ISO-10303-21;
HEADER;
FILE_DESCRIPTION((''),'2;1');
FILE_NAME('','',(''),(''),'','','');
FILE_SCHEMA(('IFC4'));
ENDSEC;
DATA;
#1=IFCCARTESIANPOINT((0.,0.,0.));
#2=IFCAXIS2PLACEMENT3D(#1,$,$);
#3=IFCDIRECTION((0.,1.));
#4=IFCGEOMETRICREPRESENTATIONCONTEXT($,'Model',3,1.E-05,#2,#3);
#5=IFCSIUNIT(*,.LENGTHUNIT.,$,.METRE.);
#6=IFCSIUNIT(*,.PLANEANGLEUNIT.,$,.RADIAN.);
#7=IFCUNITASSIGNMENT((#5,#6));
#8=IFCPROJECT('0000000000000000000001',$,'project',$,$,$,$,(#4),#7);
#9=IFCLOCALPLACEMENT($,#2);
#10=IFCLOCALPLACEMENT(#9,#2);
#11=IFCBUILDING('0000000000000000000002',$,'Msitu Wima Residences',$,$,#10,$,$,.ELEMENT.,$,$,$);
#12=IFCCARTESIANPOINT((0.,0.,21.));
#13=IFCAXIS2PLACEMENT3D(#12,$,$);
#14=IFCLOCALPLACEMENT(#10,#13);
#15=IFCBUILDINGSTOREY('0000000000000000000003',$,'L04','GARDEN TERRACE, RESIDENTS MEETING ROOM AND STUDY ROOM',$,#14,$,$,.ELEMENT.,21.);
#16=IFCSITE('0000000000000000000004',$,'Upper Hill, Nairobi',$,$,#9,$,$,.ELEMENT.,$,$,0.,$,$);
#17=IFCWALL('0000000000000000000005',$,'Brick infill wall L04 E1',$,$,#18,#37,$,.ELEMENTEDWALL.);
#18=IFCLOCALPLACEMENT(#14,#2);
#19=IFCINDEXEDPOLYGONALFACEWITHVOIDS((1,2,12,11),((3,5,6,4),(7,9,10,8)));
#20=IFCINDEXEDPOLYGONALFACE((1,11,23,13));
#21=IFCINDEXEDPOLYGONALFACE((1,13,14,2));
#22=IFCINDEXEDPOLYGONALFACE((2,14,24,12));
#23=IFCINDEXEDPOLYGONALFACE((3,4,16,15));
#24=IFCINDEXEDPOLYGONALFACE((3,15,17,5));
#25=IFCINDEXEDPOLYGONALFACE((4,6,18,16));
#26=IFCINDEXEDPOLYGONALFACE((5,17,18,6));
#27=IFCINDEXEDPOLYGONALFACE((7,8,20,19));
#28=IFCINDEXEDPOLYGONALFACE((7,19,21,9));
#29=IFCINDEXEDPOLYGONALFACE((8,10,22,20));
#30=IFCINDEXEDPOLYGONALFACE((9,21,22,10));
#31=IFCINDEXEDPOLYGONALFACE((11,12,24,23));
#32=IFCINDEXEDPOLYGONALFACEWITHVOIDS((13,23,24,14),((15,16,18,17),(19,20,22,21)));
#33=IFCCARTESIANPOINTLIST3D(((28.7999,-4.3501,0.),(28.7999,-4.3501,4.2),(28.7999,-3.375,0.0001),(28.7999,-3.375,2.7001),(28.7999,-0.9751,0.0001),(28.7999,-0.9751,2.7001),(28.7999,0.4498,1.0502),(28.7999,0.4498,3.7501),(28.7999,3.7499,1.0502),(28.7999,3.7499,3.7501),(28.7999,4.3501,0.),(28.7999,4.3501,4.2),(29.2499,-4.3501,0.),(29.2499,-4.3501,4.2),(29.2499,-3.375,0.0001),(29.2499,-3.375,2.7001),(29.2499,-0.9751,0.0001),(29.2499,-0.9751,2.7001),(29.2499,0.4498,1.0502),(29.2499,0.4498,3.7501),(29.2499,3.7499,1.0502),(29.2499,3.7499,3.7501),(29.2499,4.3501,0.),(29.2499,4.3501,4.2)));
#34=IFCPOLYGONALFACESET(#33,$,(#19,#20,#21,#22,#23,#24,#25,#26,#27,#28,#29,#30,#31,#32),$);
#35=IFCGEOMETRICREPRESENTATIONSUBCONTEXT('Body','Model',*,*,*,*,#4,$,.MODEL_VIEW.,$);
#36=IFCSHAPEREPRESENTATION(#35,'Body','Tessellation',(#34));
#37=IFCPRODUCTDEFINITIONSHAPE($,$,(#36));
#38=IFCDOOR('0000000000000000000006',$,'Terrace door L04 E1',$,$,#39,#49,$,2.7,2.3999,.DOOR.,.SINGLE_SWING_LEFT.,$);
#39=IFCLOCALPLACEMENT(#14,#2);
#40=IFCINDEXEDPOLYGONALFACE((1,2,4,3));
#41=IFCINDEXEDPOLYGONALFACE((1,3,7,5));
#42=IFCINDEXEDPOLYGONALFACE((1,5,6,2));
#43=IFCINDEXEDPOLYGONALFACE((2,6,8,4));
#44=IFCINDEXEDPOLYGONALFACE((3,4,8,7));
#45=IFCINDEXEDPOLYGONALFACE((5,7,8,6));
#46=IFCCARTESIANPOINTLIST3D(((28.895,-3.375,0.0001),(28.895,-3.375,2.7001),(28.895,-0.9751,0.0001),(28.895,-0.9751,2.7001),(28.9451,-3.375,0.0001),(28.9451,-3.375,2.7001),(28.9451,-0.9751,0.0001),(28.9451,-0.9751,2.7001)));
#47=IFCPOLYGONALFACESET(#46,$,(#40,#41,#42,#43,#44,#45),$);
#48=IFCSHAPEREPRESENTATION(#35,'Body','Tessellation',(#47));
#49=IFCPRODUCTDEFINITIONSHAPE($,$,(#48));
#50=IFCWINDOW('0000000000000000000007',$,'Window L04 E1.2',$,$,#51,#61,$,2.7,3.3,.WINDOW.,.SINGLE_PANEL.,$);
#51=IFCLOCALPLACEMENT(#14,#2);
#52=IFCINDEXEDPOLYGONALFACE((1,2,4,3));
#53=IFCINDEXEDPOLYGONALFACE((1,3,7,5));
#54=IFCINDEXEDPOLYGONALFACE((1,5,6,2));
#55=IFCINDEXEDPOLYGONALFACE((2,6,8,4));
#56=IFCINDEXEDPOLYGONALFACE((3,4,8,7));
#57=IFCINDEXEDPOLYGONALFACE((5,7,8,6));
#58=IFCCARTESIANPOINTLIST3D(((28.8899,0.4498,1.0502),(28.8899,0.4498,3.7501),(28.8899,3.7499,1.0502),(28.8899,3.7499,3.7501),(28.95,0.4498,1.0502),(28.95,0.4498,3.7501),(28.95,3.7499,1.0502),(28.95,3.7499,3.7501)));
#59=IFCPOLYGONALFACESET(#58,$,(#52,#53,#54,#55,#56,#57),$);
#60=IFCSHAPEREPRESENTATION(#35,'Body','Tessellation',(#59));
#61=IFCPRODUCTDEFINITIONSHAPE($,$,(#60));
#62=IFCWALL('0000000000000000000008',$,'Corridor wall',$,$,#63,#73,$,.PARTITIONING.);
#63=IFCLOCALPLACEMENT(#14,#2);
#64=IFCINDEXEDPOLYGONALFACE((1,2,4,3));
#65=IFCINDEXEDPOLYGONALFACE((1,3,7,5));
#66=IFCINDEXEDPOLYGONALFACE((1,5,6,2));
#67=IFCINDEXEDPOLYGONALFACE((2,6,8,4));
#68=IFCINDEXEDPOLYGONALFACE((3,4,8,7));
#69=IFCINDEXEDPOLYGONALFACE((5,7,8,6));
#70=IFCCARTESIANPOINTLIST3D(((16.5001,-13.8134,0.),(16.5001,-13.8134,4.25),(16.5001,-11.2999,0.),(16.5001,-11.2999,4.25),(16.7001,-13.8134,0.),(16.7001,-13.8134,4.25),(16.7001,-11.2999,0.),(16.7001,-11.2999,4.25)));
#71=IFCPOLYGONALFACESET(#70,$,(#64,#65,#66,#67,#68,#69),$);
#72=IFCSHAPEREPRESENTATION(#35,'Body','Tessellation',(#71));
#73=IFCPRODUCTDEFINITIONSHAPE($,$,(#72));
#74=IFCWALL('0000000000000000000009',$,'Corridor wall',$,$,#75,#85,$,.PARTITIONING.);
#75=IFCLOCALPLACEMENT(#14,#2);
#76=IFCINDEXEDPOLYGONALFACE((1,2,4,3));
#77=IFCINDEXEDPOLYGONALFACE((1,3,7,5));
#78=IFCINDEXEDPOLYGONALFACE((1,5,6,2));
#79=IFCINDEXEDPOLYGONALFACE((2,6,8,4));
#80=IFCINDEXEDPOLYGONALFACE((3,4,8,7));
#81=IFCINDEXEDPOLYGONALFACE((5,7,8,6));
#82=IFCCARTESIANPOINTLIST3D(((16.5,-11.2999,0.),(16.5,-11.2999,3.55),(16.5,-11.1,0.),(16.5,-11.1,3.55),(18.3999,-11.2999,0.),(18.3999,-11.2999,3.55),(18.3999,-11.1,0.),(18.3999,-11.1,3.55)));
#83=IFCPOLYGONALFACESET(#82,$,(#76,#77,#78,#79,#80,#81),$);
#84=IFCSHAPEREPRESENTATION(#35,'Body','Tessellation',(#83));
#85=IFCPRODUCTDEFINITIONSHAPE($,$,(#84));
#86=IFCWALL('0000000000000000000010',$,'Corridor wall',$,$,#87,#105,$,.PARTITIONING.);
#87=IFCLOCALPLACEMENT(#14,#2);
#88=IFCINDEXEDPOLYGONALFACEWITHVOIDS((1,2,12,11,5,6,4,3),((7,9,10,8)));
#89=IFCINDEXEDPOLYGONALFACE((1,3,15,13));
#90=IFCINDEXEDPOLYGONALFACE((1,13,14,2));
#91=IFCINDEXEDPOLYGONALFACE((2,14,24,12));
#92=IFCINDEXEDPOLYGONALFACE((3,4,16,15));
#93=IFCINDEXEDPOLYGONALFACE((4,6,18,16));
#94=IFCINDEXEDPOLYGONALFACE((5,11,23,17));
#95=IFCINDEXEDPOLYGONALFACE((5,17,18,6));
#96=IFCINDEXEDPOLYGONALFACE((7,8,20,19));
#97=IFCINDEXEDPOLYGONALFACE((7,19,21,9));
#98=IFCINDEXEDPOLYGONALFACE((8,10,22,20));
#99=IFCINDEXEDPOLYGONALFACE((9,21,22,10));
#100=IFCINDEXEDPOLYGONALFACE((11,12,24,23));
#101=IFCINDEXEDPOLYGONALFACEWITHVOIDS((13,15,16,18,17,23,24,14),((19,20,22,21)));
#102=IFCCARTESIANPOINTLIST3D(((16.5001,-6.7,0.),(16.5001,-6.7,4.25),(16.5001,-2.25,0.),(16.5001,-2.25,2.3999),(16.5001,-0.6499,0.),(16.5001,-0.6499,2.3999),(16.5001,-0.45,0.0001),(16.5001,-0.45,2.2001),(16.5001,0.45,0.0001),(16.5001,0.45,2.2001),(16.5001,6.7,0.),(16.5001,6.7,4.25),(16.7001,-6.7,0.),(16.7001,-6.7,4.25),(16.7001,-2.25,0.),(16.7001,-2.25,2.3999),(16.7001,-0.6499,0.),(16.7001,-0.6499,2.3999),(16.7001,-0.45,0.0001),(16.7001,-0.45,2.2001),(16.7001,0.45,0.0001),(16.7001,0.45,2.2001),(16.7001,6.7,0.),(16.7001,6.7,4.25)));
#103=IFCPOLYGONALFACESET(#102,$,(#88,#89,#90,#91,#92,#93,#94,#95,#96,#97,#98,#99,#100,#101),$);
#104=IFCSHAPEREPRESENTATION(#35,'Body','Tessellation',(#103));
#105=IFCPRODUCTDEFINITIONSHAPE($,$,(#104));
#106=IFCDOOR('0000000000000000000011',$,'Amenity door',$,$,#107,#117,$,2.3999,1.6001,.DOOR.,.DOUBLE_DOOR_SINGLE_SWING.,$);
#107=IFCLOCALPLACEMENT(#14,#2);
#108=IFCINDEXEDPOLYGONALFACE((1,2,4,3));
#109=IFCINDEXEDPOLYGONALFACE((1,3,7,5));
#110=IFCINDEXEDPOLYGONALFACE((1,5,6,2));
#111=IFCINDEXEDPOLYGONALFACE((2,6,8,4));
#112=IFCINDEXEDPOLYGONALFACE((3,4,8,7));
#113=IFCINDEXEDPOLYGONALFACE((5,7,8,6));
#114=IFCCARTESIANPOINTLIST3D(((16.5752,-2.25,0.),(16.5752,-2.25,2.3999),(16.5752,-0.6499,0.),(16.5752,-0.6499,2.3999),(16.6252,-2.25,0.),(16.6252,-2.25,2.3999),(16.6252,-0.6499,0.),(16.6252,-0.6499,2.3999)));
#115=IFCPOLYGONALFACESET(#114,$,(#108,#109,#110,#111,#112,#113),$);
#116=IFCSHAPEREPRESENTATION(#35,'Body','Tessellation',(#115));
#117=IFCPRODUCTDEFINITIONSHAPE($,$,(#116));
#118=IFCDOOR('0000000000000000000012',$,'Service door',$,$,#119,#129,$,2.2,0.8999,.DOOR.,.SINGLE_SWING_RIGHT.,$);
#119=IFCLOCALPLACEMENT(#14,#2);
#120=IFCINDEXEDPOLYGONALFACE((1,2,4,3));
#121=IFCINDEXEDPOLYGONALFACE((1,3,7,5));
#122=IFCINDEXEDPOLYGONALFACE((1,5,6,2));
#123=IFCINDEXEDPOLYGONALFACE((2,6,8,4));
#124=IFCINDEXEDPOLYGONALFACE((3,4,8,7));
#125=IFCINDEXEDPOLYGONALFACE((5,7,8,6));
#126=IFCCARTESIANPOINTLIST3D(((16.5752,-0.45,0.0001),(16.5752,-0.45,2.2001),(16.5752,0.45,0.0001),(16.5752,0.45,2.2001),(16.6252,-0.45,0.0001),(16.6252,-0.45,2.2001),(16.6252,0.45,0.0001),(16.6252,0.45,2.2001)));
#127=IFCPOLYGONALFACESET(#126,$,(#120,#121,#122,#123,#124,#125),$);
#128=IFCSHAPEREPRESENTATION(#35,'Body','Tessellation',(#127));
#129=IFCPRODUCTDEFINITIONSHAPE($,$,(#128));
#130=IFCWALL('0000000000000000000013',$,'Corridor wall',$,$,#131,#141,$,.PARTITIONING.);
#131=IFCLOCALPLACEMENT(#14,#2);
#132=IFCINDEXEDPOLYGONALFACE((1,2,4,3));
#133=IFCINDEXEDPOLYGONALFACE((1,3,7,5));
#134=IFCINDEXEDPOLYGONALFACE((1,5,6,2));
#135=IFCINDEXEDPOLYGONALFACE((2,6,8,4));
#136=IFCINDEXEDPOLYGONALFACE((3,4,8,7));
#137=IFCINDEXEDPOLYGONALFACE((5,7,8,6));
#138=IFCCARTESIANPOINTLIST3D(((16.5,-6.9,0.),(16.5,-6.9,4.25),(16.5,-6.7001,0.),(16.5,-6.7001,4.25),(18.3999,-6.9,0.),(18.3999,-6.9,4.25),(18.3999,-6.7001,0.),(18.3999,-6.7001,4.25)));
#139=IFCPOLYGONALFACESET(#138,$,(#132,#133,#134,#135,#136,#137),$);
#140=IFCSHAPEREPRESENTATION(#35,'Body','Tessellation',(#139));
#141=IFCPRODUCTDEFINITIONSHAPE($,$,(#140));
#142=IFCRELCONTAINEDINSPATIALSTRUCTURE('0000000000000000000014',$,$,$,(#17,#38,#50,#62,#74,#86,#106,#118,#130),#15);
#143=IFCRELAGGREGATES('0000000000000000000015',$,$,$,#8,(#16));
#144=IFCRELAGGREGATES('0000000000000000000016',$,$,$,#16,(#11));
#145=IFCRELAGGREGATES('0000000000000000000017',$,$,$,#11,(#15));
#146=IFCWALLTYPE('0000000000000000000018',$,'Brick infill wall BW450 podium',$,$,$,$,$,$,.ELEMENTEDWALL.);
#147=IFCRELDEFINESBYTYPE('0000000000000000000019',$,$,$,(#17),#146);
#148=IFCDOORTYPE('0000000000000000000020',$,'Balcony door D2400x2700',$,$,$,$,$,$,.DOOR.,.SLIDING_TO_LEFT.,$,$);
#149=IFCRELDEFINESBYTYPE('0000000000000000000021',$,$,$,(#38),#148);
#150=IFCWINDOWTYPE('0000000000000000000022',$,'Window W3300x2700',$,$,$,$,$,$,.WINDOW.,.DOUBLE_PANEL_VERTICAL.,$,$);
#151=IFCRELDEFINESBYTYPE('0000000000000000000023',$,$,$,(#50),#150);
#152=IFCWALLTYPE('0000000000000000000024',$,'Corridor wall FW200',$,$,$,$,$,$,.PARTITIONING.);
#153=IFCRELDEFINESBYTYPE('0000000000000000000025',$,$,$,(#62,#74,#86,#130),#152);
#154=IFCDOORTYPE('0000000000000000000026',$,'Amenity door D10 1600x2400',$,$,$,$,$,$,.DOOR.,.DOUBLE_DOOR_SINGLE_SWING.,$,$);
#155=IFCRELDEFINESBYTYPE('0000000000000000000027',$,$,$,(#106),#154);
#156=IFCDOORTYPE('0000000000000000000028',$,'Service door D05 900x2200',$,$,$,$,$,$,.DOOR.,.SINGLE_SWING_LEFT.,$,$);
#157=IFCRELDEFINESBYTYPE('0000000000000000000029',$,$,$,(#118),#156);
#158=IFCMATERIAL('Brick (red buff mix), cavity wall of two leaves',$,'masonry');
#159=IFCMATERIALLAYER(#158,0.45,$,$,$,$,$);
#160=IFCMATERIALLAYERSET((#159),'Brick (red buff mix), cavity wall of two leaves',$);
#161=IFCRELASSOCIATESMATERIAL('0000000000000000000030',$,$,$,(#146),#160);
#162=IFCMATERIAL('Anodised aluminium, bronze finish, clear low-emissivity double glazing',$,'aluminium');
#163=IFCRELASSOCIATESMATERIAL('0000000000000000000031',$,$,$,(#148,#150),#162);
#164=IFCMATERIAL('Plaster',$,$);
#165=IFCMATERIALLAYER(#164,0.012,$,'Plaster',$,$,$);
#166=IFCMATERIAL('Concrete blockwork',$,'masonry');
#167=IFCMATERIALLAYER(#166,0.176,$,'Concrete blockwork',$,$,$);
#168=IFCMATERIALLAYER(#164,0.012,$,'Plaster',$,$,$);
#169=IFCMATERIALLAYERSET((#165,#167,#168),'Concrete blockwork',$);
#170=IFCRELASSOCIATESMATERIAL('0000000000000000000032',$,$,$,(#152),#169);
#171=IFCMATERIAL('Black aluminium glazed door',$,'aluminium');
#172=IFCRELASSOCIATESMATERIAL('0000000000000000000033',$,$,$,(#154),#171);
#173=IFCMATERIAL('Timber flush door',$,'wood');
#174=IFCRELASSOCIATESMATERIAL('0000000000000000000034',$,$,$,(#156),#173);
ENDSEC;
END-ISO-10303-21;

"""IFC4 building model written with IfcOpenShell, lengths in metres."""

from ifc_helpers import new_model, si_unit, direction, frame, frame_2d, origin, place, context, subcontext, project, spatial, rectangle, extrude, material, layer, layer_set, type_object, element, fill, save


model = new_model("IFC4")

# Units and contexts
model_context = context("Model", 3, precision=1e-05, world=origin(), true_north=direction((0.0, 1.0)))
body_context = subcontext(model_context, "Body", "Model", "MODEL_VIEW")
ifc_project = project(units=[si_unit("LENGTHUNIT", "METRE"), si_unit("PLANEANGLEUNIT", "RADIAN")], contexts=[model_context])

# Site, building, storey
site_placement = place(None, origin())
site = spatial("IfcSite", under=ifc_project, at=site_placement, Name="Upper Hill, Nairobi", CompositionType="ELEMENT", RefElevation=0.0)
building_placement = place(site_placement, origin())
building = spatial("IfcBuilding", under=site, at=building_placement, Name="Msitu Wima Residences", CompositionType="ELEMENT")
storey_placement = place(building_placement, frame((0.0, 0.0, 21.0)))
storey = spatial("IfcBuildingStorey", under=building, at=storey_placement, Name="L04", Description="GARDEN TERRACE, RESIDENTS MEETING ROOM AND STUDY ROOM", CompositionType="ELEMENT", Elevation=21.0)

# Shared definitions
ifc_material_1 = material(Name="Brick (red buff mix), cavity wall of two leaves", Category="masonry")
ifc_layer_1 = layer(ifc_material_1, 0.45)
ifc_layer_set_1 = layer_set([ifc_layer_1], Name="Brick (red buff mix), cavity wall of two leaves")
wall_type_1 = type_object("IfcWallType", Name="Brick infill wall BW450 podium", PredefinedType="ELEMENTEDWALL", material=ifc_layer_set_1)
ifc_material_2 = material(Name="Anodised aluminium, bronze finish, clear low-emissivity double glazing", Category="aluminium")

# Wall, openings, door, window
wall_1_placement = place(storey_placement, frame((29.0249, -4.3501, 0.0), z_axis=(0.0, 0.0, 1.0), x_axis=(0.0, 1.0, 0.0)))
wall_1 = element("IfcWall", 1, at=wall_1_placement, inside=storey, type_object=wall_type_1, Name="Brick infill wall L04 E1", PredefinedType="ELEMENTEDWALL", context=body_context, shape_type="SweptSolid", body=[
    extrude(rectangle(XDim=8.7002, YDim=0.45, at=frame_2d((4.3501, 0.0))), origin(), (0.0, 0.0, 1.0), 4.2),
])
opening_1_placement = place(wall_1_placement, frame((0.9751, 0.0, 0.0)))
opening_1 = element("IfcOpeningElement", 2, at=opening_1_placement, cuts=wall_1, PredefinedType="OPENING", context=body_context, shape_type="SweptSolid", body=[
    extrude(rectangle(XDim=2.3999, YDim=2.7, at=frame_2d((1.2, 1.3501))), frame((0.0, 0.2349, 0.0), z_axis=(0.0, -1.0, 0.0), x_axis=(1.0, 0.0, 0.0)), (0.0, 0.0, 1.0), 0.47),
])
opening_2_placement = place(wall_1_placement, frame((4.8, 0.0, 1.05)))
opening_2 = element("IfcOpeningElement", 3, at=opening_2_placement, cuts=wall_1, PredefinedType="OPENING", context=body_context, shape_type="SweptSolid", body=[
    extrude(rectangle(XDim=3.3, YDim=2.7, at=frame_2d((1.6499, 1.3501))), frame((0.0, 0.2349, 0.0), z_axis=(0.0, -1.0, 0.0), x_axis=(1.0, 0.0, 0.0)), (0.0, 0.0, 1.0), 0.47),
])
door_type_1 = type_object("IfcDoorType", Name="Balcony door D2400x2700", OperationType="SLIDING_TO_LEFT", PredefinedType="DOOR", material=ifc_material_2)
door_1_placement = place(opening_1_placement, origin())
door_1 = element("IfcDoor", 4, at=door_1_placement, inside=storey, type_object=door_type_1, Name="Terrace door L04 E1", OperationType="SINGLE_SWING_LEFT", OverallHeight=2.7, OverallWidth=2.3999, PredefinedType="DOOR", context=body_context, shape_type="SweptSolid", body=[
    extrude(rectangle(XDim=2.3999, YDim=2.7, at=frame_2d((1.2, 1.3501))), frame((0.0, 0.1299, 0.0), z_axis=(0.0, -1.0, 0.0), x_axis=(1.0, 0.0, 0.0)), (0.0, 0.0, 1.0), 0.05),
])
fill(opening_1, door_1)
window_type_1 = type_object("IfcWindowType", Name="Window W3300x2700", PartitioningType="DOUBLE_PANEL_VERTICAL", PredefinedType="WINDOW", material=ifc_material_2)
window_1_placement = place(opening_2_placement, origin())
window_1 = element("IfcWindow", 5, at=window_1_placement, inside=storey, type_object=window_type_1, Name="Window L04 E1.2", OverallHeight=2.7, OverallWidth=3.3, PartitioningType="SINGLE_PANEL", PredefinedType="WINDOW", context=body_context, shape_type="SweptSolid", body=[
    extrude(rectangle(XDim=3.3, YDim=2.7, at=frame_2d((1.6499, 1.3501))), frame((0.0, 0.135, 0.0), z_axis=(0.0, -1.0, 0.0), x_axis=(1.0, 0.0, 0.0)), (0.0, 0.0, 1.0), 0.0601),
])
fill(opening_2, window_1)

# Walls
ifc_material_3 = material(Name="Plaster")
ifc_layer_2 = layer(ifc_material_3, 0.012, Name="Plaster")
ifc_material_4 = material(Name="Concrete blockwork", Category="masonry")
ifc_layer_3 = layer(ifc_material_4, 0.176, Name="Concrete blockwork")
ifc_layer_4 = layer(ifc_material_3, 0.012, Name="Plaster")
ifc_layer_set_2 = layer_set([ifc_layer_2, ifc_layer_3, ifc_layer_4], Name="Concrete blockwork")
wall_type_2 = type_object("IfcWallType", Name="Corridor wall FW200", PredefinedType="PARTITIONING", material=ifc_layer_set_2)
wall_2_placement = place(storey_placement, frame((16.6001, -13.8135, 0.0), z_axis=(0.0, 0.0, 1.0), x_axis=(0.0, 1.0, 0.0)))
element("IfcWall", 6, at=wall_2_placement, inside=storey, type_object=wall_type_2, Name="Corridor wall", PredefinedType="PARTITIONING", context=body_context, shape_type="SweptSolid", body=[
    extrude(rectangle(XDim=2.5134, YDim=0.2, at=frame_2d((1.2568, 0.0))), origin(), (0.0, 0.0, 1.0), 4.25),
])
wall_3_placement = place(storey_placement, frame((16.5, -11.2, 0.0), z_axis=(0.0, 0.0, 1.0), x_axis=(1.0, 0.0, 0.0)))
element("IfcWall", 7, at=wall_3_placement, inside=storey, type_object=wall_type_2, Name="Corridor wall", PredefinedType="PARTITIONING", context=body_context, shape_type="SweptSolid", body=[
    extrude(rectangle(XDim=1.8999, YDim=0.2, at=frame_2d((0.95, 0.0))), origin(), (0.0, 0.0, 1.0), 3.55),
])

# Wall, openings, doors
wall_4_placement = place(storey_placement, frame((16.6001, -6.7, 0.0), z_axis=(0.0, 0.0, 1.0), x_axis=(0.0, 1.0, 0.0)))
wall_4 = element("IfcWall", 8, at=wall_4_placement, inside=storey, type_object=wall_type_2, Name="Corridor wall", PredefinedType="PARTITIONING", context=body_context, shape_type="SweptSolid", body=[
    extrude(rectangle(XDim=13.3999, YDim=0.2, at=frame_2d((6.7, 0.0))), origin(), (0.0, 0.0, 1.0), 4.25),
])
opening_3_placement = place(wall_4_placement, frame((6.25, 0.0, 0.0)))
opening_3 = element("IfcOpeningElement", 9, at=opening_3_placement, cuts=wall_4, PredefinedType="OPENING", context=body_context, shape_type="SweptSolid", body=[
    extrude(rectangle(XDim=0.8999, YDim=2.2, at=frame_2d((0.45, 1.1001))), frame((0.0, 0.1099, 0.0), z_axis=(0.0, -1.0, 0.0), x_axis=(1.0, 0.0, 0.0)), (0.0, 0.0, 1.0), 0.22),
])
opening_4_placement = place(wall_4_placement, frame((4.45, 0.0, 0.0)))
opening_4 = element("IfcOpeningElement", 10, at=opening_4_placement, cuts=wall_4, PredefinedType="OPENING", context=body_context, shape_type="SweptSolid", body=[
    extrude(rectangle(XDim=1.6001, YDim=2.3999, at=frame_2d((0.8, 1.2))), frame((0.0, 0.1099, 0.0), z_axis=(0.0, -1.0, 0.0), x_axis=(1.0, 0.0, 0.0)), (0.0, 0.0, 1.0), 0.22),
])
ifc_material_5 = material(Name="Black aluminium glazed door", Category="aluminium")
door_type_2 = type_object("IfcDoorType", Name="Amenity door D10 1600x2400", OperationType="DOUBLE_DOOR_SINGLE_SWING", PredefinedType="DOOR", material=ifc_material_5)
door_2_placement = place(opening_4_placement, origin())
door_2 = element("IfcDoor", 11, at=door_2_placement, inside=storey, type_object=door_type_2, Name="Amenity door", OperationType="DOUBLE_DOOR_SINGLE_SWING", OverallHeight=2.3999, OverallWidth=1.6001, PredefinedType="DOOR", context=body_context, shape_type="SweptSolid", body=[
    extrude(rectangle(XDim=1.6001, YDim=2.3999, at=frame_2d((0.8, 1.2))), frame((0.0, 0.0249, 0.0), z_axis=(0.0, -1.0, 0.0), x_axis=(1.0, 0.0, 0.0)), (0.0, 0.0, 1.0), 0.05),
])
fill(opening_4, door_2)
ifc_material_6 = material(Name="Timber flush door", Category="wood")
door_type_3 = type_object("IfcDoorType", Name="Service door D05 900x2200", OperationType="SINGLE_SWING_LEFT", PredefinedType="DOOR", material=ifc_material_6)
door_3_placement = place(opening_3_placement, origin())
door_3 = element("IfcDoor", 12, at=door_3_placement, inside=storey, type_object=door_type_3, Name="Service door", OperationType="SINGLE_SWING_RIGHT", OverallHeight=2.2, OverallWidth=0.8999, PredefinedType="DOOR", context=body_context, shape_type="SweptSolid", body=[
    extrude(rectangle(XDim=0.8999, YDim=2.2, at=frame_2d((0.45, 1.1001))), frame((0.0, 0.0249, 0.0), z_axis=(0.0, -1.0, 0.0), x_axis=(1.0, 0.0, 0.0)), (0.0, 0.0, 1.0), 0.05),
])
fill(opening_3, door_3)

# Wall
wall_5_placement = place(storey_placement, frame((16.5, -6.8, 0.0), z_axis=(0.0, 0.0, 1.0), x_axis=(1.0, 0.0, 0.0)))
element("IfcWall", 13, at=wall_5_placement, inside=storey, type_object=wall_type_2, Name="Corridor wall", PredefinedType="PARTITIONING", context=body_context, shape_type="SweptSolid", body=[
    extrude(rectangle(XDim=1.8999, YDim=0.2, at=frame_2d((0.95, 0.0))), origin(), (0.0, 0.0, 1.0), 4.25),
])

save(model, "model.ifc")
